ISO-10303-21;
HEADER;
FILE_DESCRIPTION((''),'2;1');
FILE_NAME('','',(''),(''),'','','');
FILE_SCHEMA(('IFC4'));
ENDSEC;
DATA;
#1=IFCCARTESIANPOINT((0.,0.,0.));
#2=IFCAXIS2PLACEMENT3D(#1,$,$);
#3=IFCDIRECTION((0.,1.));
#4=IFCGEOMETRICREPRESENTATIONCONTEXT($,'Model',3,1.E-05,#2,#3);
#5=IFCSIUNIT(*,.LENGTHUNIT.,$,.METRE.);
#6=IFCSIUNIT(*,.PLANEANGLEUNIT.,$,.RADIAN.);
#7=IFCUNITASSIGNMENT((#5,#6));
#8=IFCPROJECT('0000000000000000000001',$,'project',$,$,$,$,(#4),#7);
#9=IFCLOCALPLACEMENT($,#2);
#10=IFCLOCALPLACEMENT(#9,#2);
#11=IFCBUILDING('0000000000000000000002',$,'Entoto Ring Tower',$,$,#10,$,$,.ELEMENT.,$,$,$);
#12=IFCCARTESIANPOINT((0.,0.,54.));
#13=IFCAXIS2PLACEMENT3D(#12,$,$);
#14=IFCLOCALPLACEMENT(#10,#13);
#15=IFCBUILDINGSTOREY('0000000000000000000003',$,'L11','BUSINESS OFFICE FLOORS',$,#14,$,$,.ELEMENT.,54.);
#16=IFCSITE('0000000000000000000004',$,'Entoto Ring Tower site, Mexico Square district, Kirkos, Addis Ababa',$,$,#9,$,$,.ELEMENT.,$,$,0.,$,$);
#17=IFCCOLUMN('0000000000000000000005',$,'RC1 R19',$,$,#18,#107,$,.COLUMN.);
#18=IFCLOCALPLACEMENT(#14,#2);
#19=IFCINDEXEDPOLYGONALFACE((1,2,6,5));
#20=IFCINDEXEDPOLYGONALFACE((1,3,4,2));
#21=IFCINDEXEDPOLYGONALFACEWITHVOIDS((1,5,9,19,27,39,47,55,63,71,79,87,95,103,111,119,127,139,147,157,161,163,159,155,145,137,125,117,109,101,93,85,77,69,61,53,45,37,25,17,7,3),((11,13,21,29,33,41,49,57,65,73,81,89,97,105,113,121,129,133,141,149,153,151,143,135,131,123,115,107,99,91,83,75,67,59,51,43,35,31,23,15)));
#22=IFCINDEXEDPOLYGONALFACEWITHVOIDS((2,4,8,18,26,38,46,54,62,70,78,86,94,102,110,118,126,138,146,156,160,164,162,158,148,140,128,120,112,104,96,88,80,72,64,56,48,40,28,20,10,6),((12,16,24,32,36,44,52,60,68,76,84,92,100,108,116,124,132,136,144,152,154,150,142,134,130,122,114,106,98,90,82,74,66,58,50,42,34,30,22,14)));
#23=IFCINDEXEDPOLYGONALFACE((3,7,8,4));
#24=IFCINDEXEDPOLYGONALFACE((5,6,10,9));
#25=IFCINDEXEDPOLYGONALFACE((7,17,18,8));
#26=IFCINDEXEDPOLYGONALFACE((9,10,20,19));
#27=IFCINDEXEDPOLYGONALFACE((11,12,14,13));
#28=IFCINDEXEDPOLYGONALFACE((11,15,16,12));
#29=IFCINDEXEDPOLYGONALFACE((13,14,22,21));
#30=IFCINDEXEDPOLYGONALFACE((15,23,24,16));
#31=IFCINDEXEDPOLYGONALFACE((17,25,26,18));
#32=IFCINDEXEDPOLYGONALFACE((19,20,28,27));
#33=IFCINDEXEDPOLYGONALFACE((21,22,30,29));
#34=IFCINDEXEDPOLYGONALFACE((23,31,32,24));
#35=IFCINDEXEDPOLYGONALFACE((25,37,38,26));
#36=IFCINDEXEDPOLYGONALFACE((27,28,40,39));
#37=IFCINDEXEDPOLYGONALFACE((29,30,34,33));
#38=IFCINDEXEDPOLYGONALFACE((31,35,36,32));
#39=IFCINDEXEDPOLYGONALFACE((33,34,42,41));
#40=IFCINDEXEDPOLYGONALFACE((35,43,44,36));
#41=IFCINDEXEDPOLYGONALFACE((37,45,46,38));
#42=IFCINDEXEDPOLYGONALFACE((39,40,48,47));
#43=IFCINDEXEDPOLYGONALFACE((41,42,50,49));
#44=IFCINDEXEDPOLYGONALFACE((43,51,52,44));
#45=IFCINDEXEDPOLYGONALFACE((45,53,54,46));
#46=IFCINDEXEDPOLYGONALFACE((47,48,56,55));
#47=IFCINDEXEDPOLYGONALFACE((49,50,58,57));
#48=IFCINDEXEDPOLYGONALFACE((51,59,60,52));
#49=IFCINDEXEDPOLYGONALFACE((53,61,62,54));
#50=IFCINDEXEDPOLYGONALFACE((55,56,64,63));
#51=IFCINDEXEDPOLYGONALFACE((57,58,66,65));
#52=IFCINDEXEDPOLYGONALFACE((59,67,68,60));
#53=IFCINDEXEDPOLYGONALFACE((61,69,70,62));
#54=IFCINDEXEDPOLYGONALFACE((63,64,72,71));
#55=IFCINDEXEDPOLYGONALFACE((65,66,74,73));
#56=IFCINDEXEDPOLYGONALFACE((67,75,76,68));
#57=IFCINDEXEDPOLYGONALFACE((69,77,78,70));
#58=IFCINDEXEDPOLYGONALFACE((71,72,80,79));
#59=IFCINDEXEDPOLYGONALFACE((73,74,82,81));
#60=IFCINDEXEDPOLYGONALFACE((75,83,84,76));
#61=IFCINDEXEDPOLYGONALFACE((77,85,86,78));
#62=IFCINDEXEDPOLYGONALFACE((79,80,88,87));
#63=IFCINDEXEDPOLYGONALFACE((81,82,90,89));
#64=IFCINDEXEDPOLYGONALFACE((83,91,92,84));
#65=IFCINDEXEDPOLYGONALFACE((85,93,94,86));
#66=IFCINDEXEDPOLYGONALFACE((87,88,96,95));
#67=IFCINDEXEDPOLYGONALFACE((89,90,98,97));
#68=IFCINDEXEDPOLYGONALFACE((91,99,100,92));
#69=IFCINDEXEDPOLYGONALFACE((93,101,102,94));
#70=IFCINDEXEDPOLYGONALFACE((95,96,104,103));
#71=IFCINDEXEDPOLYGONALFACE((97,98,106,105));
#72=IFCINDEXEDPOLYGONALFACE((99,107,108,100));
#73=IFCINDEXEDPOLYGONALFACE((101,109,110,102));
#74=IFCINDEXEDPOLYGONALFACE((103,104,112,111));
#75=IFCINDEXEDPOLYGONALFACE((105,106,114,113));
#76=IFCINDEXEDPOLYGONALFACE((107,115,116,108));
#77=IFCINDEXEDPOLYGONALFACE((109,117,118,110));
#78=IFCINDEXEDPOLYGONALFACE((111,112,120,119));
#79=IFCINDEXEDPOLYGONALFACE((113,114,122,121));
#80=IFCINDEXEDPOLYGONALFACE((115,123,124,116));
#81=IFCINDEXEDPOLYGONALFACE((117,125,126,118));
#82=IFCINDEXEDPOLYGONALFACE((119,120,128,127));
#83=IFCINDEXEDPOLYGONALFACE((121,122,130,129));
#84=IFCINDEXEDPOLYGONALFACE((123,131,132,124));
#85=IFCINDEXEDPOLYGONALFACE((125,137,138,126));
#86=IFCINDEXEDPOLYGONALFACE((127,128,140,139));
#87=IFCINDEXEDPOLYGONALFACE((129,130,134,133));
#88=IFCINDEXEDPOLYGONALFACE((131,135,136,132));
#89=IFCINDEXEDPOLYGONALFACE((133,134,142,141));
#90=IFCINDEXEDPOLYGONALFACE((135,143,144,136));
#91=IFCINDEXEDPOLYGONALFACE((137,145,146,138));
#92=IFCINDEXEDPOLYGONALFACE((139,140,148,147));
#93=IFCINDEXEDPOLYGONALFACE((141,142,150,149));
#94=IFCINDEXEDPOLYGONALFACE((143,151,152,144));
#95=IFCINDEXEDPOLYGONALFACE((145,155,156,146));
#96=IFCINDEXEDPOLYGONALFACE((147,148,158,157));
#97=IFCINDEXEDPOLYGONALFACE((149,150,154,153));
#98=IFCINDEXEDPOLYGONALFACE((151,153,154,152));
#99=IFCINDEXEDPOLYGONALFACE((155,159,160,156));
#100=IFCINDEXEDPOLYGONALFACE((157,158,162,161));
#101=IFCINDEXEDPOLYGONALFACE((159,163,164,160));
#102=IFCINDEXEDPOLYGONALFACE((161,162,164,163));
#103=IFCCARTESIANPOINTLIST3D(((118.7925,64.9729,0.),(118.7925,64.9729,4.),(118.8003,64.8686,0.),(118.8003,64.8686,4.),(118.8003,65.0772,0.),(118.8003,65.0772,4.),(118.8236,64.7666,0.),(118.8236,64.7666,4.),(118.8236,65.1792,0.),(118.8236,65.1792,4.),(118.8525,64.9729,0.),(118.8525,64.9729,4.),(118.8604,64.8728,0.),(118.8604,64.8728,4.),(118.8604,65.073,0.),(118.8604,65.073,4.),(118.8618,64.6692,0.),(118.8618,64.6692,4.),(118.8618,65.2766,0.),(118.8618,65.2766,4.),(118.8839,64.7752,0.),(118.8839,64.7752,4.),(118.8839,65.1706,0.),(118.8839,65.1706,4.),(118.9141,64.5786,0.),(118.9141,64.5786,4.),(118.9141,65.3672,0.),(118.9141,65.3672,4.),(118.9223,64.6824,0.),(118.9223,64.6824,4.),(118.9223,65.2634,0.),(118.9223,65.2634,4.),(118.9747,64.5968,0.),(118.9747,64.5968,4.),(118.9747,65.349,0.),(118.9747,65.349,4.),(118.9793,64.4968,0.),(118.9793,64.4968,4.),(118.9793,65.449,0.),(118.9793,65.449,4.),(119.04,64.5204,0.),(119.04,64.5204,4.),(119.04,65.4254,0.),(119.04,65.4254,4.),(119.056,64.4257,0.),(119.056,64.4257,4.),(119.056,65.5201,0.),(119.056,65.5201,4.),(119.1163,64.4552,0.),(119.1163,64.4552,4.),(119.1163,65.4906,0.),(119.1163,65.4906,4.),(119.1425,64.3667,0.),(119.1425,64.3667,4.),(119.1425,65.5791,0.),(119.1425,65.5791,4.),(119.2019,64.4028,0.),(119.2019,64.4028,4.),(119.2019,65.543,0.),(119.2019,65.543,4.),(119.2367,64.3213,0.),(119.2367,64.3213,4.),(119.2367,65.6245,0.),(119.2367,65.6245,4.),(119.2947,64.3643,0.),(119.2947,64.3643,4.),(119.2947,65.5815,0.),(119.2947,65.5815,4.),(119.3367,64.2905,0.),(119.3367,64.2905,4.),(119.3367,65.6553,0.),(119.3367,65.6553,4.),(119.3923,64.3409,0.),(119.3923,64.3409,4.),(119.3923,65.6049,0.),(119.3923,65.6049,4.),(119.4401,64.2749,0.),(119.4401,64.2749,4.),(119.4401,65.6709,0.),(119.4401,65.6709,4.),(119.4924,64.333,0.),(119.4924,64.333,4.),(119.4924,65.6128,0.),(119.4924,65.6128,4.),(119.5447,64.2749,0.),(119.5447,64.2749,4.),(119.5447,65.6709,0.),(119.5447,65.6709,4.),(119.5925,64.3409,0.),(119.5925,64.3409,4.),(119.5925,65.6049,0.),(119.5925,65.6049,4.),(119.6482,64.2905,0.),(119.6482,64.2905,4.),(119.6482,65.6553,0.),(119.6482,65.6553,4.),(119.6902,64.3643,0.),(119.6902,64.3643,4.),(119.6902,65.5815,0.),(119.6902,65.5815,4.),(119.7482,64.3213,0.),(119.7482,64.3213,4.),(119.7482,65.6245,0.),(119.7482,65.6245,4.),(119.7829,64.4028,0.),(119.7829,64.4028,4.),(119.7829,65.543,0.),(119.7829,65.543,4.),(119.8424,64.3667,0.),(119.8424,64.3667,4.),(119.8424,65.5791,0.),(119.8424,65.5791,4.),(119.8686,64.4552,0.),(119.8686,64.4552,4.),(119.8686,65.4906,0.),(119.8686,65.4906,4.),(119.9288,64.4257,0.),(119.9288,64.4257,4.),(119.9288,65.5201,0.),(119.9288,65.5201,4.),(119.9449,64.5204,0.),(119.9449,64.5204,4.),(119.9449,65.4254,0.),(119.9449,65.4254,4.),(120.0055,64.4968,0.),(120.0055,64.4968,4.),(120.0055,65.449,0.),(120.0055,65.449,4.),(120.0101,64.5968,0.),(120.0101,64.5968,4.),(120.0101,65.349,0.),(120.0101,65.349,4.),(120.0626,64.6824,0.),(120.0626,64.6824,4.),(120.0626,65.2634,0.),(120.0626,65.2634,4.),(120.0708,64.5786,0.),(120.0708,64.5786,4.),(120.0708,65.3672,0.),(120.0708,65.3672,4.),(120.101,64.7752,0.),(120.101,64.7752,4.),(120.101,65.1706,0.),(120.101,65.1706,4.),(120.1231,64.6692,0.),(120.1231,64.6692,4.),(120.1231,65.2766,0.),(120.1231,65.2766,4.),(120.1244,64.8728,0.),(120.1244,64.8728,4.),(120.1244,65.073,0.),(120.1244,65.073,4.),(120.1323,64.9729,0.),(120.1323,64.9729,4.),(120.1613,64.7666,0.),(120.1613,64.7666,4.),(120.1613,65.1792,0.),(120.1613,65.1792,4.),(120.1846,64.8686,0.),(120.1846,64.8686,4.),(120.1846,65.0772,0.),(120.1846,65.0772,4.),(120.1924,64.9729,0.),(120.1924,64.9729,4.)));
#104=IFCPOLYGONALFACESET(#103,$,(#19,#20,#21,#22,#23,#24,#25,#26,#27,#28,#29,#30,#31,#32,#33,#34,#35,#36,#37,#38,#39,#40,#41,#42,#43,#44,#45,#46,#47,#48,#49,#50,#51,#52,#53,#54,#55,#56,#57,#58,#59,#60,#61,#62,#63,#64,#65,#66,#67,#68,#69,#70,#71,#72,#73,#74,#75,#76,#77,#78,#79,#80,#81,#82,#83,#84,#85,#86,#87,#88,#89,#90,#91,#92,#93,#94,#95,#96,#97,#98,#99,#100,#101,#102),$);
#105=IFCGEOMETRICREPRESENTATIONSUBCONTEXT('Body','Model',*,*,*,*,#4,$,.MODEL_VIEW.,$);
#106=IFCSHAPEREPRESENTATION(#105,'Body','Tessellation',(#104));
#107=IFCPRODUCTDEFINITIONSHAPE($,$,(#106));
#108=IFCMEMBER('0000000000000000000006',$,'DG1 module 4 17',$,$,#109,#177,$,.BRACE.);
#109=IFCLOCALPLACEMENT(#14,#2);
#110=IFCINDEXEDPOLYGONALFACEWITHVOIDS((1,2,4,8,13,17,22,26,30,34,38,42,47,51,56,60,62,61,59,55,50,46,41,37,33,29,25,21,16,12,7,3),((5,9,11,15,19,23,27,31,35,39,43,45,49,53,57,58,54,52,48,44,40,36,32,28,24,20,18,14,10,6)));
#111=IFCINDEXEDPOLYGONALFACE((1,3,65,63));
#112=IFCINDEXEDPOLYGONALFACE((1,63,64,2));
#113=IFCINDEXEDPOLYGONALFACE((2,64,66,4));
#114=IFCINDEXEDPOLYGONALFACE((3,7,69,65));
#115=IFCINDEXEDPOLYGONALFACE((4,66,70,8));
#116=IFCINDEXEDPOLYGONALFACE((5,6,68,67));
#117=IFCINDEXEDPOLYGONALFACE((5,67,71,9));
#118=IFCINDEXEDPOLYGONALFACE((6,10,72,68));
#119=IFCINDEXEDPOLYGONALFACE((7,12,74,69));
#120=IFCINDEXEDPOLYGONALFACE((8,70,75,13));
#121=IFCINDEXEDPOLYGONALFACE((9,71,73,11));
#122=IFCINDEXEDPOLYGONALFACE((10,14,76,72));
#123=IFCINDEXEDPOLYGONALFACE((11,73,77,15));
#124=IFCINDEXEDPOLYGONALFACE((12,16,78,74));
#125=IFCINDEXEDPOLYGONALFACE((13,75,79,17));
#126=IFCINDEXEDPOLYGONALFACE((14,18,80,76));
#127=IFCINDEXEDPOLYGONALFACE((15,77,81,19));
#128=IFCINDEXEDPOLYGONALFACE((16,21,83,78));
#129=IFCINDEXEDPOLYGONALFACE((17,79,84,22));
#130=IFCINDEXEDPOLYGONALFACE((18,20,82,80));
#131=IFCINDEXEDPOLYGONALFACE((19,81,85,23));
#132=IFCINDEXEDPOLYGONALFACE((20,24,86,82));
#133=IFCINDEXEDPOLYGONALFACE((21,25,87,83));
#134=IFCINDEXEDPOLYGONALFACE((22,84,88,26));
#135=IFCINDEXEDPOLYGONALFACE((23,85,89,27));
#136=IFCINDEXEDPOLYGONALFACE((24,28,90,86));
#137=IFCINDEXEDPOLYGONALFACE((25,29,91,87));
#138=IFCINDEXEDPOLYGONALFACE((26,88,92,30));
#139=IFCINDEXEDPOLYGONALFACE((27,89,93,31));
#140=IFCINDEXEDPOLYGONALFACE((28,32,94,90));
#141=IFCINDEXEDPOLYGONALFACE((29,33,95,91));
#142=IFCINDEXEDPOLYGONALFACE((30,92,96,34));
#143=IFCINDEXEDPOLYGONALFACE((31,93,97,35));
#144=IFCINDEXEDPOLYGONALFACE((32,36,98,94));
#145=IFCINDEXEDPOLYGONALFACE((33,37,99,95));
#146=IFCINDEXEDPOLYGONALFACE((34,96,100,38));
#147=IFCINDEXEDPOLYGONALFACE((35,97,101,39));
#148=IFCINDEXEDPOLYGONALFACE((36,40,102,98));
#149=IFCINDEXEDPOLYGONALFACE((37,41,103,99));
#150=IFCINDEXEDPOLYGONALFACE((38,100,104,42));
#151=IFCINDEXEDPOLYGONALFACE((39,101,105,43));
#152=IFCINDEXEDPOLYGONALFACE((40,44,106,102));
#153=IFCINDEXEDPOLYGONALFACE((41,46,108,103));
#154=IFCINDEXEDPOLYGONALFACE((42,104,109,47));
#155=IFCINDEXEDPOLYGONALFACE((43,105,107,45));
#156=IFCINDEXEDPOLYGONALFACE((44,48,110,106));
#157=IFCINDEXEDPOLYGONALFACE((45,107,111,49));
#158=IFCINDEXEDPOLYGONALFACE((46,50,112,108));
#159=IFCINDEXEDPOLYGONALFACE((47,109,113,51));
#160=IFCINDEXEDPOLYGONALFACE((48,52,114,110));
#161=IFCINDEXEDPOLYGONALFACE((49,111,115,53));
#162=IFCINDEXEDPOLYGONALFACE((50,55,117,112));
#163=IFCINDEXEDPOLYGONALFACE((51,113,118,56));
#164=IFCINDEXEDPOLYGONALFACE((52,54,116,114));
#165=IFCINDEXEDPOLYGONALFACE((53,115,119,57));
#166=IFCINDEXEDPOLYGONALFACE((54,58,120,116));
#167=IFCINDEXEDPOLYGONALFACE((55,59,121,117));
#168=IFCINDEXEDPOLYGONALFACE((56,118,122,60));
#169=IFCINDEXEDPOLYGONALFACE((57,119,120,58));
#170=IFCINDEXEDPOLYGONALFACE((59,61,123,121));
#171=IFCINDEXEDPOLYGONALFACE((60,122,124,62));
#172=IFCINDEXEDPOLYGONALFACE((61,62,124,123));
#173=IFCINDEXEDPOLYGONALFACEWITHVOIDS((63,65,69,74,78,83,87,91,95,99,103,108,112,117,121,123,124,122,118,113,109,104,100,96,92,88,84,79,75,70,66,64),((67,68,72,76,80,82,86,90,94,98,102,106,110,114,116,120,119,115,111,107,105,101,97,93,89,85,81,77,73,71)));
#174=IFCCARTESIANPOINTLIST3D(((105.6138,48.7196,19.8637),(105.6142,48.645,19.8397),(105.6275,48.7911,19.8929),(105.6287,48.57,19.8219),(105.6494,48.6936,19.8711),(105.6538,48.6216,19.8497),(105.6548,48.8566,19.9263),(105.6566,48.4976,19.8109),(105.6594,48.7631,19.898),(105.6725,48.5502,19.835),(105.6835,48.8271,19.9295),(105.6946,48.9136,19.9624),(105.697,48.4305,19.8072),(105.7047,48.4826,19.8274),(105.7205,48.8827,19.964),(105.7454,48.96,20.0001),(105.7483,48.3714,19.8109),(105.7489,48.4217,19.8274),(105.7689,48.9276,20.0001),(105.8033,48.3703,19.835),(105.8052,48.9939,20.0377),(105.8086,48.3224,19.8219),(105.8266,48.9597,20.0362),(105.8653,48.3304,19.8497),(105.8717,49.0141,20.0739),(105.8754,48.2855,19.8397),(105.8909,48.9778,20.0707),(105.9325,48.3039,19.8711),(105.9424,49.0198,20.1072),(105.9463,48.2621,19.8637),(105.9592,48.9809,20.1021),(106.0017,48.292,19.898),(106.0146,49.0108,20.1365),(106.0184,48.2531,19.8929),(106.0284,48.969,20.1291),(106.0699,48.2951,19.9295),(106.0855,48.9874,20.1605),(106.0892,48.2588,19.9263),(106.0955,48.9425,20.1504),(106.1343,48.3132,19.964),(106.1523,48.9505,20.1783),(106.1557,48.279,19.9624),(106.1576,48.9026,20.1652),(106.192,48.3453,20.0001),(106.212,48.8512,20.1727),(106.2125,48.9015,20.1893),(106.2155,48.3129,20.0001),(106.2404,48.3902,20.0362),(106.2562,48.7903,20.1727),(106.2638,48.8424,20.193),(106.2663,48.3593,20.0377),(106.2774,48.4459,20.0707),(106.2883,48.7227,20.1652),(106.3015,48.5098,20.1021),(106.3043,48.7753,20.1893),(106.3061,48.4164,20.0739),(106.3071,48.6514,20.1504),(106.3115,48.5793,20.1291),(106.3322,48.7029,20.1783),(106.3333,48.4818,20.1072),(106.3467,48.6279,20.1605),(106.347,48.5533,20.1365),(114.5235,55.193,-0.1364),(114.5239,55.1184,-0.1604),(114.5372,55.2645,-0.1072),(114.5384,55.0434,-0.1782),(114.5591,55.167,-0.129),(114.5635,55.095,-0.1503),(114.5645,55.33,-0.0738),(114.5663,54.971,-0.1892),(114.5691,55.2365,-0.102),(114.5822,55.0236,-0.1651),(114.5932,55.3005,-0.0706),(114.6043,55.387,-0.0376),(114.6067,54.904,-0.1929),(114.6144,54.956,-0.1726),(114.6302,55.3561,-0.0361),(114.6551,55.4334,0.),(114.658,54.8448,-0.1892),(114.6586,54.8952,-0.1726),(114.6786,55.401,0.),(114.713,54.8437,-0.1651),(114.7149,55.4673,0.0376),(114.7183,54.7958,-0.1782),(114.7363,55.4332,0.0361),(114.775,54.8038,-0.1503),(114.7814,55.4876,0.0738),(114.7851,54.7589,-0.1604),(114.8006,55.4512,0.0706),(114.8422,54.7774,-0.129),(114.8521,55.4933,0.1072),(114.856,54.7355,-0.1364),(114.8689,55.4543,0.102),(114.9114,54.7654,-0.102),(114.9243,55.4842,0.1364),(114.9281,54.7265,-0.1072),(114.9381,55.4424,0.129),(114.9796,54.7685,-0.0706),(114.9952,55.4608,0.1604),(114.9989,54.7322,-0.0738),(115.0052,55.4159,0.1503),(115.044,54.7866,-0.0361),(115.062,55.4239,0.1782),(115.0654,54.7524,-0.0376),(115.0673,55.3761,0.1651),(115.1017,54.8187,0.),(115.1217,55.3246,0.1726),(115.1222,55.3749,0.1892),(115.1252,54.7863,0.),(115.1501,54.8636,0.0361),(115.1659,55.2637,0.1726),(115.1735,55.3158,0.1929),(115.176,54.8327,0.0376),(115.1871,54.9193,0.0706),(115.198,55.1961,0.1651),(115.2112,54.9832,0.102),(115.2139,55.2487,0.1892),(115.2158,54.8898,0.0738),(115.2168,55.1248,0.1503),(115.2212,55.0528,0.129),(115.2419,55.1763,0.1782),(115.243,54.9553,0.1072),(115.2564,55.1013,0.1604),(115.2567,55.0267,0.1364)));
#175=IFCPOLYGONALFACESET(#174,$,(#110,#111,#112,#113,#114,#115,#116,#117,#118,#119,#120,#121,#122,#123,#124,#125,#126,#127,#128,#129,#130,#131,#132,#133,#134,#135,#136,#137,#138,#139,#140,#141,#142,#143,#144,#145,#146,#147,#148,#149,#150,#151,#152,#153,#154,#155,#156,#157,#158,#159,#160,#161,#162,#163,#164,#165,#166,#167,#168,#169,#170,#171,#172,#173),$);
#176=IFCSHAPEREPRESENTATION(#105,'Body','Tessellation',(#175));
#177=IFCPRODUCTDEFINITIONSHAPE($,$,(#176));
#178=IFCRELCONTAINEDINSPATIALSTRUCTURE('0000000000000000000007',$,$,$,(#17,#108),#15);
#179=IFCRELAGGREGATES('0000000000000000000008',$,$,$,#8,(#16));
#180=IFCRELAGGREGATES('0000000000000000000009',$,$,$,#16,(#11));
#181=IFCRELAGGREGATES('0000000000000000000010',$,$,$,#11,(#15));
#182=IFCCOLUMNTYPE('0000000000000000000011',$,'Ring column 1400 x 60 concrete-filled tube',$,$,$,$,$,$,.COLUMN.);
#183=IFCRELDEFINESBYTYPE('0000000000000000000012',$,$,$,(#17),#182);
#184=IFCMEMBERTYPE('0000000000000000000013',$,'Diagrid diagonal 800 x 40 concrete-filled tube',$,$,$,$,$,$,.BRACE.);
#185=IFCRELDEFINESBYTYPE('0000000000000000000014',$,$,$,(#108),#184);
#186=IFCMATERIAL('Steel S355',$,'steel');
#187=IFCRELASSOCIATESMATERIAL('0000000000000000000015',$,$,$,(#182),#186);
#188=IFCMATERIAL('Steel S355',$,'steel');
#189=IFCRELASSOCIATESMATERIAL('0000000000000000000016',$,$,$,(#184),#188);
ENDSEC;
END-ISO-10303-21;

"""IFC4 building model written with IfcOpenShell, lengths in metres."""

from ifc_helpers import new_model, si_unit, direction, frame, origin, origin_2d, place, context, subcontext, project, spatial, circle, hollow_circle, extrude, material, material_profile, profile_set, type_object, element, save


model = new_model("IFC4")

# Units and contexts
model_context = context("Model", 3, precision=1e-05, world=origin(), true_north=direction((0.0, 1.0)))
body_context = subcontext(model_context, "Body", "Model", "MODEL_VIEW")
ifc_project = project(units=[si_unit("LENGTHUNIT", "METRE"), si_unit("PLANEANGLEUNIT", "RADIAN")], contexts=[model_context])

# Site, building, storey
site_placement = place(None, origin())
site = spatial("IfcSite", under=ifc_project, at=site_placement, Name="Entoto Ring Tower site, Mexico Square district, Kirkos, Addis Ababa", CompositionType="ELEMENT", RefElevation=0.0)
building_placement = place(site_placement, origin())
building = spatial("IfcBuilding", under=site, at=building_placement, Name="Entoto Ring Tower", CompositionType="ELEMENT")
storey_placement = place(building_placement, frame((0.0, 0.0, 54.0)))
storey = spatial("IfcBuildingStorey", under=building, at=storey_placement, Name="L11", Description="BUSINESS OFFICE FLOORS", CompositionType="ELEMENT", Elevation=54.0)

# Column
ifc_material_1 = material(Name="Steel S355", Category="steel")
ifc_material_profile_1 = material_profile(ifc_material_1, hollow_circle(Radius=0.7, WallThickness=0.0601, at=origin_2d()), Name="CHS 1400 x 60")
ifc_material_2 = material(Name="Concrete C60/75", Category="concrete")
ifc_material_profile_2 = material_profile(ifc_material_2, circle(Radius=0.6399, at=origin_2d()), Name="Concrete C60/75 infill")
ifc_profile_set_1 = profile_set([ifc_material_profile_1, ifc_material_profile_2], Name="Steel S355")
column_type = type_object("IfcColumnType", Name="Ring column 1400 x 60 concrete-filled tube", PredefinedType="COLUMN", material=ifc_profile_set_1)
for number, where, z_axis, x_axis, name in (
    (1, (119.4924, 64.9729, 0.0), (0.0, 0.0, 1.0), (1.0, 0.0, 0.0), "RC1 R19"),
):
    element("IfcColumn", number, at=place(storey_placement, frame(where, z_axis=z_axis, x_axis=x_axis)), inside=storey, type_object=column_type, Name=name, PredefinedType="COLUMN", context=body_context, shape_type="SweptSolid", body=[
        extrude(hollow_circle(Radius=0.7, WallThickness=0.0601, at=origin_2d()), origin(), (0.0, 0.0, 1.0), 4.0),
    ])

# Member
ifc_material_3 = material(Name="Steel S355", Category="steel")
ifc_material_profile_3 = material_profile(ifc_material_3, hollow_circle(Radius=0.3999, WallThickness=0.04, at=origin_2d()), Name="CHS 800 x 40")
ifc_material_4 = material(Name="Concrete C60/75", Category="concrete")
ifc_material_profile_4 = material_profile(ifc_material_4, circle(Radius=0.3601, at=origin_2d()), Name="Concrete C60/75 infill")
ifc_profile_set_2 = profile_set([ifc_material_profile_3, ifc_material_profile_4], Name="Steel S355")
member_type_1 = type_object("IfcMemberType", Name="Diagrid diagonal 800 x 40 concrete-filled tube", PredefinedType="BRACE", material=ifc_profile_set_2)
for number, where, z_axis, x_axis, name in (
    (2, (114.8901, 55.1099, 0.0), (-0.390232, -0.283526, 0.875975), (0.587793, -0.809011, 0.0), "DG1 module 4 17"),
):
    element("IfcMember", number, at=place(storey_placement, frame(where, z_axis=z_axis, x_axis=x_axis)), inside=storey, type_object=member_type_1, Name=name, PredefinedType="BRACE", context=body_context, shape_type="SweptSolid", body=[
        extrude(hollow_circle(Radius=0.3999, WallThickness=0.04, at=origin_2d()), origin(), (0.0, 0.0, 1.0), 22.8318),
    ])

save(model, "model.ifc")
